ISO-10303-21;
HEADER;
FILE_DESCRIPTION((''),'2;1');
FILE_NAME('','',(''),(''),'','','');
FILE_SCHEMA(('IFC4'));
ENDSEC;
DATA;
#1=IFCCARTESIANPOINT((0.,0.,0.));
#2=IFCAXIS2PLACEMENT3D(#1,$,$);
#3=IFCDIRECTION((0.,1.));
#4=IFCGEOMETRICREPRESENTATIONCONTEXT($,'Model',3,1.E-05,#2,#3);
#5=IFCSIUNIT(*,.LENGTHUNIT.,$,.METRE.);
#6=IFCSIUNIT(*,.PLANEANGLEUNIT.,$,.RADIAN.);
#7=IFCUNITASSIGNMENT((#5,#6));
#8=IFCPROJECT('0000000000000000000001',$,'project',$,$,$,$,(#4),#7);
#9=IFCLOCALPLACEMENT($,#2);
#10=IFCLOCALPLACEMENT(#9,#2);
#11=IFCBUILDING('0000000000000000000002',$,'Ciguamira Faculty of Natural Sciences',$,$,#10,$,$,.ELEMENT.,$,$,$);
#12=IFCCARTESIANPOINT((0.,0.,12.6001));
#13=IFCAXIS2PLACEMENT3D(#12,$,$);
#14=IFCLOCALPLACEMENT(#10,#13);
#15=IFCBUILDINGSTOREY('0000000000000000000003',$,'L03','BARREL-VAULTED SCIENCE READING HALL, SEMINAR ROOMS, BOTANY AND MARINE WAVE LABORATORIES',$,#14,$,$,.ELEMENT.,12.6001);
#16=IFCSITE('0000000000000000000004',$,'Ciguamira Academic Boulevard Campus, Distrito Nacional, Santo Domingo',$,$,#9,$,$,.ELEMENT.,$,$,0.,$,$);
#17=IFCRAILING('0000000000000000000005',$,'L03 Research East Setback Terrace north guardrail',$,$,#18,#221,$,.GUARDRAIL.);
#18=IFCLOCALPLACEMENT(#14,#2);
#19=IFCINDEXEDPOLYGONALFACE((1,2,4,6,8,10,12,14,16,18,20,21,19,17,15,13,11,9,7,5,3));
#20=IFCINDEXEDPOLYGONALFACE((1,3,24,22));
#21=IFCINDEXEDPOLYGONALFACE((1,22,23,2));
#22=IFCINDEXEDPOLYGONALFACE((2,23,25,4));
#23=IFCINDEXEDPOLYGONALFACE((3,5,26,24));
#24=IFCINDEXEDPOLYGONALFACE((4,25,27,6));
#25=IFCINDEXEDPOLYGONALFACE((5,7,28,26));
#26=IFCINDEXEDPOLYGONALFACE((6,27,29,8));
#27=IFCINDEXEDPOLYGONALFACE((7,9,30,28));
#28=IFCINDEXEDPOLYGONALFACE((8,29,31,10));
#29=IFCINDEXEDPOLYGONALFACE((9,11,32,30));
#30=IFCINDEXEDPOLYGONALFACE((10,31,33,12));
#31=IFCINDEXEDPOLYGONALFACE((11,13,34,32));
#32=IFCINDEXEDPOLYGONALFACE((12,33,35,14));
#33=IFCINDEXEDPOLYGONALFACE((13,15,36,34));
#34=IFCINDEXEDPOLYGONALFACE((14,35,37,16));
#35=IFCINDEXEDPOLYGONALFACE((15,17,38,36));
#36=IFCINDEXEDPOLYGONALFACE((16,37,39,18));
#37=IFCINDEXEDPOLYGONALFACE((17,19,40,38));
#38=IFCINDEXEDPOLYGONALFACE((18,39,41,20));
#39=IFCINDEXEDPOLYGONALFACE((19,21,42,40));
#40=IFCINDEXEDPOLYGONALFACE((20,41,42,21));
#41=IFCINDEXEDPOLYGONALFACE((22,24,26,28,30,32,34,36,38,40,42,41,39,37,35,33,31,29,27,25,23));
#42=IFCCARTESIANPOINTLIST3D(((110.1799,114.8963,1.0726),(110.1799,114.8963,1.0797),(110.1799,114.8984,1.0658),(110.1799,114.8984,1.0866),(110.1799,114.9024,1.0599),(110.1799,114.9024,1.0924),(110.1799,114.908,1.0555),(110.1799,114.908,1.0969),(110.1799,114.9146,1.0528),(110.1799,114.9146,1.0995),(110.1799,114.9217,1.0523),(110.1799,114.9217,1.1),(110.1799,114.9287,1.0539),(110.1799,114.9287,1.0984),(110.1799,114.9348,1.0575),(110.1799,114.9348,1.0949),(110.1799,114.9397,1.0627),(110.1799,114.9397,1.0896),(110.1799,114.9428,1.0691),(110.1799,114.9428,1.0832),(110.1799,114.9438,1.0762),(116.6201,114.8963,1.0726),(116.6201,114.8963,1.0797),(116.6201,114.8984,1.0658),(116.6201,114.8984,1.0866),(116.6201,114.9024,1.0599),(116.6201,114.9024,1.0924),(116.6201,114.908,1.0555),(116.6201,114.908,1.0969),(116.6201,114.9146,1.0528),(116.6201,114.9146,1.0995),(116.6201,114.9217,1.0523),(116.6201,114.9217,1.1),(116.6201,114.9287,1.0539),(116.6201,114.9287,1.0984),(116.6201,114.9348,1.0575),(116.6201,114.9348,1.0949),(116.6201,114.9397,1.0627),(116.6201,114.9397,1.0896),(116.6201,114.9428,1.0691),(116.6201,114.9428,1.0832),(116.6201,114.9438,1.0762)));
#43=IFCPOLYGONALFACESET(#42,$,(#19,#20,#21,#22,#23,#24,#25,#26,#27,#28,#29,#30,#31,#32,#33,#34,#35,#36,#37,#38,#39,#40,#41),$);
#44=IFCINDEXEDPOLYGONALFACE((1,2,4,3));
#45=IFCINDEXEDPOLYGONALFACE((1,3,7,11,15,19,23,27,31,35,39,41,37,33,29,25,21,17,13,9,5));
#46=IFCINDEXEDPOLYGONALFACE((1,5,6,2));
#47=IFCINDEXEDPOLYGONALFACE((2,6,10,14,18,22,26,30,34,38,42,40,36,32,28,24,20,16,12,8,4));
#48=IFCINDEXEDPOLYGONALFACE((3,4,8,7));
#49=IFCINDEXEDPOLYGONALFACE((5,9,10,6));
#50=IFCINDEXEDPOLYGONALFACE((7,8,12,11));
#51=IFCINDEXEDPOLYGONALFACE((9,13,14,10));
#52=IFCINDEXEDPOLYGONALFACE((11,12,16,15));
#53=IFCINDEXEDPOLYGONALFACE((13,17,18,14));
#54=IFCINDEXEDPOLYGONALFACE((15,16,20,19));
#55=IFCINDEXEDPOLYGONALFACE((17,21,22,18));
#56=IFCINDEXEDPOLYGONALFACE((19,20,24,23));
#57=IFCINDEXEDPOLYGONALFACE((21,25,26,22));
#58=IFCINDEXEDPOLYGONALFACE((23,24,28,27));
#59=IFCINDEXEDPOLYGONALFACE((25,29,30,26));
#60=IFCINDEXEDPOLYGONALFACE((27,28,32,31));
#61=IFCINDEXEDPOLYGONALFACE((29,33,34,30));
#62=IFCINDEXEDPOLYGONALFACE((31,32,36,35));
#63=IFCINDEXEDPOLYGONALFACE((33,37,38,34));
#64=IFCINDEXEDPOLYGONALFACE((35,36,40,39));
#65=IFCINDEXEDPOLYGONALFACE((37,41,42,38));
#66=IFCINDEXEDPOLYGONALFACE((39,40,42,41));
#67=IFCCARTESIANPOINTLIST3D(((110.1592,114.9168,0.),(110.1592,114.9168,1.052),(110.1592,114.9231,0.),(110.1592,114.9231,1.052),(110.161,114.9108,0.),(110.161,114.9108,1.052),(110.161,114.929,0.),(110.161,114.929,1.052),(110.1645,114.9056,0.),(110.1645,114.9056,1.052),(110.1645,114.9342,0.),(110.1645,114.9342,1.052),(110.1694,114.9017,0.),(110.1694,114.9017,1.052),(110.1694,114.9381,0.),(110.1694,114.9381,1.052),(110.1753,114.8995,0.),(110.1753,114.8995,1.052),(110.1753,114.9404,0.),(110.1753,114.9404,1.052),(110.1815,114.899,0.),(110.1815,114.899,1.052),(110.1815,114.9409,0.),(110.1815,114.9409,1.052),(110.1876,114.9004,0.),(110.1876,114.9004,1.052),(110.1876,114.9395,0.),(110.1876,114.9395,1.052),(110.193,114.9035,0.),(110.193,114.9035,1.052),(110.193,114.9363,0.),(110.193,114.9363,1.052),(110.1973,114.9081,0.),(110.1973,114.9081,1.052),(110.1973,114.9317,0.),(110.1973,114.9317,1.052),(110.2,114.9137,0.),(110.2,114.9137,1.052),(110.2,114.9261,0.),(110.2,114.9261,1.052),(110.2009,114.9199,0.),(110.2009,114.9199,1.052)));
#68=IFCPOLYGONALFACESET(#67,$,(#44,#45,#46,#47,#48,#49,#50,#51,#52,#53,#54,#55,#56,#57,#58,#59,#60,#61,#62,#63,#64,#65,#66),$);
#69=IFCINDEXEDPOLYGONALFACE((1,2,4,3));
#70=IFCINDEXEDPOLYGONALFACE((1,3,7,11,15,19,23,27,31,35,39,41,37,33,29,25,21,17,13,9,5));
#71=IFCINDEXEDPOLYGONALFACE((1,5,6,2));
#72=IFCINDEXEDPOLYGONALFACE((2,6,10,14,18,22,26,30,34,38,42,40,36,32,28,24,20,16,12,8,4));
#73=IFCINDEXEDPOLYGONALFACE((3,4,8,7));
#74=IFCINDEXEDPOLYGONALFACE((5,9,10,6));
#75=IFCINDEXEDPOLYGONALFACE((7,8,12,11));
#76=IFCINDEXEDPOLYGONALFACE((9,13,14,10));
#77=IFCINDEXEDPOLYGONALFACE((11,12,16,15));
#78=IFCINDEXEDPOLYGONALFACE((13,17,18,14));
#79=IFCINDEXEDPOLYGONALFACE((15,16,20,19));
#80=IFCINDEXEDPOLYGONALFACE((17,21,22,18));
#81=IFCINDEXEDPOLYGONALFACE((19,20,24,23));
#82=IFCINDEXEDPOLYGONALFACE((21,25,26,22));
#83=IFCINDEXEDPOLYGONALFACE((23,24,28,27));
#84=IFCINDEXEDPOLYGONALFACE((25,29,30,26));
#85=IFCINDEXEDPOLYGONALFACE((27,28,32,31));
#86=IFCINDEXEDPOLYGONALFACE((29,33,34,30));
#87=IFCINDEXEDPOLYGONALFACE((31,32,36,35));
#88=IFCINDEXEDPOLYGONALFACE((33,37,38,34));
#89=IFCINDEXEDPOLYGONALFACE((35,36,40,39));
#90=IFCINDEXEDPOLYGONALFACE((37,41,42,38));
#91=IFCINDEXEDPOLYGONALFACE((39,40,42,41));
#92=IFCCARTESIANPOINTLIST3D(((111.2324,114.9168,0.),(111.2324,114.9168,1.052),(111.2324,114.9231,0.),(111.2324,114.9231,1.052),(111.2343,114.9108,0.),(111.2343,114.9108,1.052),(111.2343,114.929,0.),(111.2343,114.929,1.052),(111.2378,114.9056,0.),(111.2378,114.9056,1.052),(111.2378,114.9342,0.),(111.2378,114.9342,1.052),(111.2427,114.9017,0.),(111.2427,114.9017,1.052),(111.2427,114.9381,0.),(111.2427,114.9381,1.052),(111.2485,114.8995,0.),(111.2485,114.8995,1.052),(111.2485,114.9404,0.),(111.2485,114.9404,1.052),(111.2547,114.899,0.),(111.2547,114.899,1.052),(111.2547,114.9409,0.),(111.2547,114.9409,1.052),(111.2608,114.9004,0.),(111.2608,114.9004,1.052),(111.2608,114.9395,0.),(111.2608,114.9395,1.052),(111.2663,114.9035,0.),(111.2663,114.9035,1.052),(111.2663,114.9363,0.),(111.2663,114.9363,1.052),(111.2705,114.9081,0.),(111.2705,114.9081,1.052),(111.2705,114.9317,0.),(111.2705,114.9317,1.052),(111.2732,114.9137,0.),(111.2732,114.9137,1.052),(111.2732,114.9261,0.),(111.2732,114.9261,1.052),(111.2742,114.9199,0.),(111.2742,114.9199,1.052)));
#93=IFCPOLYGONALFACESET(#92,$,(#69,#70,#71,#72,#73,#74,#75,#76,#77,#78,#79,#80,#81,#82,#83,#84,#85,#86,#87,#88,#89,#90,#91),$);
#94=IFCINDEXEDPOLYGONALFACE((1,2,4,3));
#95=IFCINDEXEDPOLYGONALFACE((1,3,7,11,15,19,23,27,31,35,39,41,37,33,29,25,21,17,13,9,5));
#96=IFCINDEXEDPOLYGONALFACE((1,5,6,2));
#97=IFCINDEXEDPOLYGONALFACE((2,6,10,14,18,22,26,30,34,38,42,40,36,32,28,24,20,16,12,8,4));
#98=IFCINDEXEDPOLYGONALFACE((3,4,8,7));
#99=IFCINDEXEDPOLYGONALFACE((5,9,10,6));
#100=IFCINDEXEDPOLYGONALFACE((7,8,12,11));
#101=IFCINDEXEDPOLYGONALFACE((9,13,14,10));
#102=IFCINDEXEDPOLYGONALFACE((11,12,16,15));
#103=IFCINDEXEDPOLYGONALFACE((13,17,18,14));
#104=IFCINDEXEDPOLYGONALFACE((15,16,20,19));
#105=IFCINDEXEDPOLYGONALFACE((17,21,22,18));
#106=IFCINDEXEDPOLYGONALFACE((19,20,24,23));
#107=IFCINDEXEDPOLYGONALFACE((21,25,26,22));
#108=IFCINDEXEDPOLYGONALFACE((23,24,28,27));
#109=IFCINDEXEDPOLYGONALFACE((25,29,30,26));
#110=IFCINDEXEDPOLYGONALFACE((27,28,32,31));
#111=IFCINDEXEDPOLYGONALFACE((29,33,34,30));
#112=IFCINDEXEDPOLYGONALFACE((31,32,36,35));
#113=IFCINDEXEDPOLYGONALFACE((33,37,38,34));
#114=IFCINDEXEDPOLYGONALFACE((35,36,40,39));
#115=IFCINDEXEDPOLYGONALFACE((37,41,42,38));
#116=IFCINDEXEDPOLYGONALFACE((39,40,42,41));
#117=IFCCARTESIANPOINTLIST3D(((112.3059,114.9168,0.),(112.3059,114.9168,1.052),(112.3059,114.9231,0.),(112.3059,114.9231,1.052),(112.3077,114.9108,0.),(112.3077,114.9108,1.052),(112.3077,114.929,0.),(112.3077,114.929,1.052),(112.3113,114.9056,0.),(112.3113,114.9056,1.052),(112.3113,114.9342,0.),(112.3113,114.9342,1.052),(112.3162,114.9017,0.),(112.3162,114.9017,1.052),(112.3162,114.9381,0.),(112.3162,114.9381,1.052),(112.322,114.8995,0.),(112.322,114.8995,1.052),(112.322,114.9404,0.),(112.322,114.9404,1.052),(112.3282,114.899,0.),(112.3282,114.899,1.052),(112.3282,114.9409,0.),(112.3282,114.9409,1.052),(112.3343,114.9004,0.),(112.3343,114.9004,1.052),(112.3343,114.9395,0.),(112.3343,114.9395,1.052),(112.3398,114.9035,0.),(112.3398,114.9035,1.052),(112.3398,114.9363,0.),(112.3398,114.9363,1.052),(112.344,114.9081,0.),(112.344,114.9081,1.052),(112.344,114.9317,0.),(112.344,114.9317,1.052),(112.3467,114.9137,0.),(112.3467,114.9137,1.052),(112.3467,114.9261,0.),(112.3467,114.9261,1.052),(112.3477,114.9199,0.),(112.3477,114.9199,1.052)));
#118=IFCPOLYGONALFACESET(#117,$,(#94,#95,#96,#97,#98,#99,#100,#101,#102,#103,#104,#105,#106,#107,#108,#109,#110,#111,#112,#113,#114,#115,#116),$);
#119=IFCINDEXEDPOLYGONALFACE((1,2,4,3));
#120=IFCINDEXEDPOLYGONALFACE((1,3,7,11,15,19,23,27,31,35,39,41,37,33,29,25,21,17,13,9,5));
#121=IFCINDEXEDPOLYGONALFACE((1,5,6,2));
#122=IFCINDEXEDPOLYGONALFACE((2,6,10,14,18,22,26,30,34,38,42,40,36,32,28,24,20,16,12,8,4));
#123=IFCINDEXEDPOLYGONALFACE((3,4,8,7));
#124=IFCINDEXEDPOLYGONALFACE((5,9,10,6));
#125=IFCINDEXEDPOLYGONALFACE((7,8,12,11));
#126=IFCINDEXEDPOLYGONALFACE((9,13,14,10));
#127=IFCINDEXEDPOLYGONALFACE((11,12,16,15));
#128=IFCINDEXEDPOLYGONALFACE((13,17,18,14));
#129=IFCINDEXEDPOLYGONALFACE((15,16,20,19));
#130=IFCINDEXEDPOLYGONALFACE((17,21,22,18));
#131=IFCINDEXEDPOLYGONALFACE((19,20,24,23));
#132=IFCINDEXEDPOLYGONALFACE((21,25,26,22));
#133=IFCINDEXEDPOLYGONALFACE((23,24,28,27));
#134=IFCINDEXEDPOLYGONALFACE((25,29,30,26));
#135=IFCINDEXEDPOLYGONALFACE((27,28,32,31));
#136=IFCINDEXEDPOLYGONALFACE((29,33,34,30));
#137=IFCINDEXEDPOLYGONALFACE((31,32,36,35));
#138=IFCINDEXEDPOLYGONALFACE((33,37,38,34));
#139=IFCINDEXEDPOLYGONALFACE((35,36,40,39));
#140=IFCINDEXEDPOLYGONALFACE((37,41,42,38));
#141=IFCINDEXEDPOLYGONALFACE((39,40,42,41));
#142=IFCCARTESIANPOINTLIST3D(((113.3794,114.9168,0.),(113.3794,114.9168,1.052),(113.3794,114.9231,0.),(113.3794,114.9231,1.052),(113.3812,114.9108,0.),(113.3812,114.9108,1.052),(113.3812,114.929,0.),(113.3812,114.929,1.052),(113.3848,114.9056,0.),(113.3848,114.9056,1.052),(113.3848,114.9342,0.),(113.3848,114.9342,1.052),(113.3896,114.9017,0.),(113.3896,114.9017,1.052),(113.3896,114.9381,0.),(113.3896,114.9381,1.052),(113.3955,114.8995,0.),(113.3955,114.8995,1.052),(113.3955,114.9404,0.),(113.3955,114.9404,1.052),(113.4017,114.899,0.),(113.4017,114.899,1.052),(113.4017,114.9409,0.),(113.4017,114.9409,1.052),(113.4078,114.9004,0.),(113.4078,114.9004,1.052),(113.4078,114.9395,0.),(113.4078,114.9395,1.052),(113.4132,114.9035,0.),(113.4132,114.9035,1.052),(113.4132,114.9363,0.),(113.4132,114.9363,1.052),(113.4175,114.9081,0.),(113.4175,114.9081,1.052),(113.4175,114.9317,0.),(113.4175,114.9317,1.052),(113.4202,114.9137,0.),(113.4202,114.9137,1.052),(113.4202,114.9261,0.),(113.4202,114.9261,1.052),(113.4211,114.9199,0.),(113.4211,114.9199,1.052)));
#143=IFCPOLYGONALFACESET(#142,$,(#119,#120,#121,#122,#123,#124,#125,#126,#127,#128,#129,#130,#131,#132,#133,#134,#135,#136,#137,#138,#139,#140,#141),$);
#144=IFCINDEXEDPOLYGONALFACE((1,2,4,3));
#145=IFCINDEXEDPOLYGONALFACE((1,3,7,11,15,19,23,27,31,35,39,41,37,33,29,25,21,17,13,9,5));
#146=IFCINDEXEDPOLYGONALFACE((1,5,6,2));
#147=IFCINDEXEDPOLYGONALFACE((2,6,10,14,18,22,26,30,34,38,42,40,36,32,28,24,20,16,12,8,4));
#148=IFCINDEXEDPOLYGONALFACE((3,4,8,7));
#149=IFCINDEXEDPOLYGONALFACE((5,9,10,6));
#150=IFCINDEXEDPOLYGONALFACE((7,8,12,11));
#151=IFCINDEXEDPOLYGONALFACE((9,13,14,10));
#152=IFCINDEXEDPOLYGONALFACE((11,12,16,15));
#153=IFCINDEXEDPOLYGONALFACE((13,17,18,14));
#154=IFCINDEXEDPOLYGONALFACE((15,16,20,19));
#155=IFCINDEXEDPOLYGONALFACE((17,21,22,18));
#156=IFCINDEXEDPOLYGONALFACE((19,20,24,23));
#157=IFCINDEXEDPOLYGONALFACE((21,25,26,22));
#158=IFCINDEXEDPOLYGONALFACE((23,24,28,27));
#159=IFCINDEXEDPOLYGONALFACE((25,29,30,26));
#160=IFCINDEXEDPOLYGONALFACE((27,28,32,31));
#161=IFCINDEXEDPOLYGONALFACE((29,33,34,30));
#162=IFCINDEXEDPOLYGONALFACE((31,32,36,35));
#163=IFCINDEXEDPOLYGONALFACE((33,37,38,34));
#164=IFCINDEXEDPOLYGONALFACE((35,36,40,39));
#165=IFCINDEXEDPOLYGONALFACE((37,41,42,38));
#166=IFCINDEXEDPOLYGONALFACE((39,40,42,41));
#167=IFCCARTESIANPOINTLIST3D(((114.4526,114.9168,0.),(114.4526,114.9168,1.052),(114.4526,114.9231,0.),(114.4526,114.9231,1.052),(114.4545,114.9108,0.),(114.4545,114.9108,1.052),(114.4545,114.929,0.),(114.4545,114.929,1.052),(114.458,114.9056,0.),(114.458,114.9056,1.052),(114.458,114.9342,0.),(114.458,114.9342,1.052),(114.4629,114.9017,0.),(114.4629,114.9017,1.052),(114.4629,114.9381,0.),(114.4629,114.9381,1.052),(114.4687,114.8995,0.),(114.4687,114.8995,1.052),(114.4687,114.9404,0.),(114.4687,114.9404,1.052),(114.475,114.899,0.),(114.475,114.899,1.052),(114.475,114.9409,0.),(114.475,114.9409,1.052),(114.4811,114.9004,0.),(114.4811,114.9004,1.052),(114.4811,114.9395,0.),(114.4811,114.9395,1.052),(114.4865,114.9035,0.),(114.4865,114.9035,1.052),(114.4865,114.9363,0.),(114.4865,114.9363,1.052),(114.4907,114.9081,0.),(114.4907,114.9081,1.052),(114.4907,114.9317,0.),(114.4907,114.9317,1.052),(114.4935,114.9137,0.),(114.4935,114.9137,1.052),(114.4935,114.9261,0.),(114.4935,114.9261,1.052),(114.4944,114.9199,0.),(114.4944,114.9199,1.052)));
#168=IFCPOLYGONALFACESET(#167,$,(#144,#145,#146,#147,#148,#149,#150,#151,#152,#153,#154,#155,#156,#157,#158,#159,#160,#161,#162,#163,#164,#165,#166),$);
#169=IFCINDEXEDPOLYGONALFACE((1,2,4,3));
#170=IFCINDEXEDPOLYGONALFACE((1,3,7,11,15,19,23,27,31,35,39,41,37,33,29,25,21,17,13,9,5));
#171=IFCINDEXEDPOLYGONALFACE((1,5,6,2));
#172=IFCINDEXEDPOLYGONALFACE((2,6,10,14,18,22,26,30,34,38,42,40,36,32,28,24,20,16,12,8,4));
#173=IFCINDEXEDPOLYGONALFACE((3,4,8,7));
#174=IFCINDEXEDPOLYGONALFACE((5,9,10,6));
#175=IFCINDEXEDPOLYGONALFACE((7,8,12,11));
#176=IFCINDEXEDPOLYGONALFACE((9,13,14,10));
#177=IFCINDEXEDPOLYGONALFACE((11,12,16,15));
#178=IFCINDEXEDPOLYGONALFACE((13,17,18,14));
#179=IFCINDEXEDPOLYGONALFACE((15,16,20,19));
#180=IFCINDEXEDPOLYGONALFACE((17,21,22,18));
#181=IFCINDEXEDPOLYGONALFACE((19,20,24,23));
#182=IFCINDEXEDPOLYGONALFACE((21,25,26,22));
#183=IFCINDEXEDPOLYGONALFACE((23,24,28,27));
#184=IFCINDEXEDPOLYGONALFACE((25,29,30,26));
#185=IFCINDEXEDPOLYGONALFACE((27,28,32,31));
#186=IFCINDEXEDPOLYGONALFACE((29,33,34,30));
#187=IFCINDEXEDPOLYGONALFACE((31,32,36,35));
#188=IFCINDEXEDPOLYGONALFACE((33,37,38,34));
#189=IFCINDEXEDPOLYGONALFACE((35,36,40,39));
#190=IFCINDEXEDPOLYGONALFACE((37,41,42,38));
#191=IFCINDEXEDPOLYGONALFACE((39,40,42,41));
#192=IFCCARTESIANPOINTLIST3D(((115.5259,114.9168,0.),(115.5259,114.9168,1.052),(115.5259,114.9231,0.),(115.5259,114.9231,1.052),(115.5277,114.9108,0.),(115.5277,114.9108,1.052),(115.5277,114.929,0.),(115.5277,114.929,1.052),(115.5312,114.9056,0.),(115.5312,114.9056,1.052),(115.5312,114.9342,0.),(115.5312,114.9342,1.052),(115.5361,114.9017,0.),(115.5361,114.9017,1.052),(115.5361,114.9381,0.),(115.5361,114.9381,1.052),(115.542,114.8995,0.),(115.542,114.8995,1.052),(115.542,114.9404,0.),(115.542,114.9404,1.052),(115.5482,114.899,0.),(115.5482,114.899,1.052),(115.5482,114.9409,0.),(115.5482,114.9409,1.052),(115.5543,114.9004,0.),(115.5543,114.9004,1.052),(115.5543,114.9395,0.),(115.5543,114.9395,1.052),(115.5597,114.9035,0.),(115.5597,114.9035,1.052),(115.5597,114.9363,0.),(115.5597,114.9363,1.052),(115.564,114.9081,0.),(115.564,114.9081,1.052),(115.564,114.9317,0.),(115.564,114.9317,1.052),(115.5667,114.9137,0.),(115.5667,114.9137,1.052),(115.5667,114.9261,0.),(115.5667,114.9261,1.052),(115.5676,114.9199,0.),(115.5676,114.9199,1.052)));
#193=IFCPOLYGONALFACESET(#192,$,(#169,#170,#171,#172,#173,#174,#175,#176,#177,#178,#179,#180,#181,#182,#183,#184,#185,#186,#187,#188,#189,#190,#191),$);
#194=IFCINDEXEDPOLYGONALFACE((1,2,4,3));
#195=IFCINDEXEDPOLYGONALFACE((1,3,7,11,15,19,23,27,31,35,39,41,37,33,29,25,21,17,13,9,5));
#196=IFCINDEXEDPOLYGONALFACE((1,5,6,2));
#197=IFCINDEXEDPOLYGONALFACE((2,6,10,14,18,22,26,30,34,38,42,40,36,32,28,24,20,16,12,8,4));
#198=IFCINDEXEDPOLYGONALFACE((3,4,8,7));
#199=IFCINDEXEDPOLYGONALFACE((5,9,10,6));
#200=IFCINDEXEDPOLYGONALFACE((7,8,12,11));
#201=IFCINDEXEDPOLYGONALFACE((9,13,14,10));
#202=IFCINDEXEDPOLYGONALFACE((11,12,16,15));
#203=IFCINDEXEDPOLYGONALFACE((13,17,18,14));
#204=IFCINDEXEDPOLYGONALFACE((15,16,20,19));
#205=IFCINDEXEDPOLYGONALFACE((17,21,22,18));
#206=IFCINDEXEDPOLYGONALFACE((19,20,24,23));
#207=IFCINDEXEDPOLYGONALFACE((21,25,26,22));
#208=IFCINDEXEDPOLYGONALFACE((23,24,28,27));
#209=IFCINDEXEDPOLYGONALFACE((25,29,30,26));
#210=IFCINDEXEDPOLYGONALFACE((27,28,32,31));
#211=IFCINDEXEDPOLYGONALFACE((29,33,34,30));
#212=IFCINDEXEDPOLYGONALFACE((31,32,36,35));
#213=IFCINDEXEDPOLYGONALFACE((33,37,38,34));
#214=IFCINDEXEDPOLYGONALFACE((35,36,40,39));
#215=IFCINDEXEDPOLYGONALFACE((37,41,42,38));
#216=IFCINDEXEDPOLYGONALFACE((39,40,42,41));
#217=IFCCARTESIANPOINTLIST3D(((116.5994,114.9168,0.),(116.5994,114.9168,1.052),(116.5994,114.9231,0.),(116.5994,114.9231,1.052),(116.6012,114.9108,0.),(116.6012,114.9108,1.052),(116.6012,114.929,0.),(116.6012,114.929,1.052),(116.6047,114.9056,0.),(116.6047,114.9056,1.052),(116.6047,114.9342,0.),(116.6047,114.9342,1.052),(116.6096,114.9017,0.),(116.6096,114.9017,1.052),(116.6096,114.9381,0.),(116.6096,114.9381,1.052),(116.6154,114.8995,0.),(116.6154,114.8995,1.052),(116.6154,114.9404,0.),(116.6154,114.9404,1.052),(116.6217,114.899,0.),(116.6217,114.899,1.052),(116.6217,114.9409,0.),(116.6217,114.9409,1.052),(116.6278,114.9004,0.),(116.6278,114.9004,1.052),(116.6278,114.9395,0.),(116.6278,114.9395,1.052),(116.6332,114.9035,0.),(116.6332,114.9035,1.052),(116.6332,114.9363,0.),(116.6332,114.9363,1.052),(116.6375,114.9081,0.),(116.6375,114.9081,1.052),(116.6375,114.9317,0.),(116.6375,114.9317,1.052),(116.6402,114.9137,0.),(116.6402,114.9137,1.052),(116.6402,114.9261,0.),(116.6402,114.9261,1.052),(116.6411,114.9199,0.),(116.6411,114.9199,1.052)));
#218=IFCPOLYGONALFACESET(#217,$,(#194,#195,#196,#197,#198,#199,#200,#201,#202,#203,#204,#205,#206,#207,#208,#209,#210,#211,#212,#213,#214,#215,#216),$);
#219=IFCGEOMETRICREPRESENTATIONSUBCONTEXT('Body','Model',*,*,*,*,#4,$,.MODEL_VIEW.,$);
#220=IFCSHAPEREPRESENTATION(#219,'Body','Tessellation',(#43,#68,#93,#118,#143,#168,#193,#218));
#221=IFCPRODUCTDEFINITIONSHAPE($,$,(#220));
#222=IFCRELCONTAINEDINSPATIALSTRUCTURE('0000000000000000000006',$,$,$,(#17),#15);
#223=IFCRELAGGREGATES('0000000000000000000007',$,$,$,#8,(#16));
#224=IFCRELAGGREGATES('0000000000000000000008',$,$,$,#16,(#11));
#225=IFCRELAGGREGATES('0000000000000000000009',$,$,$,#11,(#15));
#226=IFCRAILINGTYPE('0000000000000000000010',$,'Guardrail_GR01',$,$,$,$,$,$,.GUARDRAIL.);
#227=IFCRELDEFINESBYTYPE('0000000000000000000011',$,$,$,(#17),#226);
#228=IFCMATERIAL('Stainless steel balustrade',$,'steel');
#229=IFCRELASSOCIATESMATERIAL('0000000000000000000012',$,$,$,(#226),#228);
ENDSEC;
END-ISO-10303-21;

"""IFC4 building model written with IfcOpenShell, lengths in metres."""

from ifc_helpers import new_model, si_unit, direction, frame, origin, origin_2d, place, context, subcontext, project, spatial, circle, extrude, material, type_object, element, save


model = new_model("IFC4")

# Units and contexts
model_context = context("Model", 3, precision=1e-05, world=origin(), true_north=direction((0.0, 1.0)))
body_context = subcontext(model_context, "Body", "Model", "MODEL_VIEW")
ifc_project = project(units=[si_unit("LENGTHUNIT", "METRE"), si_unit("PLANEANGLEUNIT", "RADIAN")], contexts=[model_context])

# Site, building, storey
site_placement = place(None, origin())
site = spatial("IfcSite", under=ifc_project, at=site_placement, Name="Ciguamira Academic Boulevard Campus, Distrito Nacional, Santo Domingo", CompositionType="ELEMENT", RefElevation=0.0)
building_placement = place(site_placement, origin())
building = spatial("IfcBuilding", under=site, at=building_placement, Name="Ciguamira Faculty of Natural Sciences", CompositionType="ELEMENT")
storey_placement = place(building_placement, frame((0.0, 0.0, 12.6001)))
storey = spatial("IfcBuildingStorey", under=building, at=storey_placement, Name="L03", Description="BARREL-VAULTED SCIENCE READING HALL, SEMINAR ROOMS, BOTANY AND MARINE WAVE LABORATORIES", CompositionType="ELEMENT", Elevation=12.6001)

# Railing
ifc_material_1 = material(Name="Stainless steel balustrade", Category="steel")
railing_type = type_object("IfcRailingType", Name="Guardrail_GR01", PredefinedType="GUARDRAIL", material=ifc_material_1)
railing_placement = place(storey_placement, frame((110.1799, 114.9199, 0.0)))
element("IfcRailing", 1, at=railing_placement, inside=storey, type_object=railing_type, Name="L03 Research East Setback Terrace north guardrail", PredefinedType="GUARDRAIL", context=body_context, shape_type="SweptSolid", body=[
    extrude(circle(Radius=0.0239, at=origin_2d()), frame((0.0, 0.0, 1.0762), z_axis=(1.0, 0.0, 0.0), x_axis=(0.0, 1.0, 0.0)), (0.0, 0.0, 1.0), 6.4402),
    extrude(circle(Radius=0.021, at=origin_2d()), origin(), (0.0, 0.0, 1.0), 1.052),
    extrude(circle(Radius=0.021, at=origin_2d()), frame((1.0732, 0.0, 0.0)), (0.0, 0.0, 1.0), 1.052),
    extrude(circle(Radius=0.021, at=origin_2d()), frame((2.1467, 0.0, 0.0)), (0.0, 0.0, 1.0), 1.052),
    extrude(circle(Radius=0.021, at=origin_2d()), frame((3.2202, 0.0, 0.0)), (0.0, 0.0, 1.0), 1.052),
    extrude(circle(Radius=0.021, at=origin_2d()), frame((4.2935, 0.0, 0.0)), (0.0, 0.0, 1.0), 1.052),
    extrude(circle(Radius=0.021, at=origin_2d()), frame((5.3667, 0.0, 0.0)), (0.0, 0.0, 1.0), 1.052),
    extrude(circle(Radius=0.021, at=origin_2d()), frame((6.4402, 0.0, 0.0)), (0.0, 0.0, 1.0), 1.052),
])

save(model, "model.ifc")
